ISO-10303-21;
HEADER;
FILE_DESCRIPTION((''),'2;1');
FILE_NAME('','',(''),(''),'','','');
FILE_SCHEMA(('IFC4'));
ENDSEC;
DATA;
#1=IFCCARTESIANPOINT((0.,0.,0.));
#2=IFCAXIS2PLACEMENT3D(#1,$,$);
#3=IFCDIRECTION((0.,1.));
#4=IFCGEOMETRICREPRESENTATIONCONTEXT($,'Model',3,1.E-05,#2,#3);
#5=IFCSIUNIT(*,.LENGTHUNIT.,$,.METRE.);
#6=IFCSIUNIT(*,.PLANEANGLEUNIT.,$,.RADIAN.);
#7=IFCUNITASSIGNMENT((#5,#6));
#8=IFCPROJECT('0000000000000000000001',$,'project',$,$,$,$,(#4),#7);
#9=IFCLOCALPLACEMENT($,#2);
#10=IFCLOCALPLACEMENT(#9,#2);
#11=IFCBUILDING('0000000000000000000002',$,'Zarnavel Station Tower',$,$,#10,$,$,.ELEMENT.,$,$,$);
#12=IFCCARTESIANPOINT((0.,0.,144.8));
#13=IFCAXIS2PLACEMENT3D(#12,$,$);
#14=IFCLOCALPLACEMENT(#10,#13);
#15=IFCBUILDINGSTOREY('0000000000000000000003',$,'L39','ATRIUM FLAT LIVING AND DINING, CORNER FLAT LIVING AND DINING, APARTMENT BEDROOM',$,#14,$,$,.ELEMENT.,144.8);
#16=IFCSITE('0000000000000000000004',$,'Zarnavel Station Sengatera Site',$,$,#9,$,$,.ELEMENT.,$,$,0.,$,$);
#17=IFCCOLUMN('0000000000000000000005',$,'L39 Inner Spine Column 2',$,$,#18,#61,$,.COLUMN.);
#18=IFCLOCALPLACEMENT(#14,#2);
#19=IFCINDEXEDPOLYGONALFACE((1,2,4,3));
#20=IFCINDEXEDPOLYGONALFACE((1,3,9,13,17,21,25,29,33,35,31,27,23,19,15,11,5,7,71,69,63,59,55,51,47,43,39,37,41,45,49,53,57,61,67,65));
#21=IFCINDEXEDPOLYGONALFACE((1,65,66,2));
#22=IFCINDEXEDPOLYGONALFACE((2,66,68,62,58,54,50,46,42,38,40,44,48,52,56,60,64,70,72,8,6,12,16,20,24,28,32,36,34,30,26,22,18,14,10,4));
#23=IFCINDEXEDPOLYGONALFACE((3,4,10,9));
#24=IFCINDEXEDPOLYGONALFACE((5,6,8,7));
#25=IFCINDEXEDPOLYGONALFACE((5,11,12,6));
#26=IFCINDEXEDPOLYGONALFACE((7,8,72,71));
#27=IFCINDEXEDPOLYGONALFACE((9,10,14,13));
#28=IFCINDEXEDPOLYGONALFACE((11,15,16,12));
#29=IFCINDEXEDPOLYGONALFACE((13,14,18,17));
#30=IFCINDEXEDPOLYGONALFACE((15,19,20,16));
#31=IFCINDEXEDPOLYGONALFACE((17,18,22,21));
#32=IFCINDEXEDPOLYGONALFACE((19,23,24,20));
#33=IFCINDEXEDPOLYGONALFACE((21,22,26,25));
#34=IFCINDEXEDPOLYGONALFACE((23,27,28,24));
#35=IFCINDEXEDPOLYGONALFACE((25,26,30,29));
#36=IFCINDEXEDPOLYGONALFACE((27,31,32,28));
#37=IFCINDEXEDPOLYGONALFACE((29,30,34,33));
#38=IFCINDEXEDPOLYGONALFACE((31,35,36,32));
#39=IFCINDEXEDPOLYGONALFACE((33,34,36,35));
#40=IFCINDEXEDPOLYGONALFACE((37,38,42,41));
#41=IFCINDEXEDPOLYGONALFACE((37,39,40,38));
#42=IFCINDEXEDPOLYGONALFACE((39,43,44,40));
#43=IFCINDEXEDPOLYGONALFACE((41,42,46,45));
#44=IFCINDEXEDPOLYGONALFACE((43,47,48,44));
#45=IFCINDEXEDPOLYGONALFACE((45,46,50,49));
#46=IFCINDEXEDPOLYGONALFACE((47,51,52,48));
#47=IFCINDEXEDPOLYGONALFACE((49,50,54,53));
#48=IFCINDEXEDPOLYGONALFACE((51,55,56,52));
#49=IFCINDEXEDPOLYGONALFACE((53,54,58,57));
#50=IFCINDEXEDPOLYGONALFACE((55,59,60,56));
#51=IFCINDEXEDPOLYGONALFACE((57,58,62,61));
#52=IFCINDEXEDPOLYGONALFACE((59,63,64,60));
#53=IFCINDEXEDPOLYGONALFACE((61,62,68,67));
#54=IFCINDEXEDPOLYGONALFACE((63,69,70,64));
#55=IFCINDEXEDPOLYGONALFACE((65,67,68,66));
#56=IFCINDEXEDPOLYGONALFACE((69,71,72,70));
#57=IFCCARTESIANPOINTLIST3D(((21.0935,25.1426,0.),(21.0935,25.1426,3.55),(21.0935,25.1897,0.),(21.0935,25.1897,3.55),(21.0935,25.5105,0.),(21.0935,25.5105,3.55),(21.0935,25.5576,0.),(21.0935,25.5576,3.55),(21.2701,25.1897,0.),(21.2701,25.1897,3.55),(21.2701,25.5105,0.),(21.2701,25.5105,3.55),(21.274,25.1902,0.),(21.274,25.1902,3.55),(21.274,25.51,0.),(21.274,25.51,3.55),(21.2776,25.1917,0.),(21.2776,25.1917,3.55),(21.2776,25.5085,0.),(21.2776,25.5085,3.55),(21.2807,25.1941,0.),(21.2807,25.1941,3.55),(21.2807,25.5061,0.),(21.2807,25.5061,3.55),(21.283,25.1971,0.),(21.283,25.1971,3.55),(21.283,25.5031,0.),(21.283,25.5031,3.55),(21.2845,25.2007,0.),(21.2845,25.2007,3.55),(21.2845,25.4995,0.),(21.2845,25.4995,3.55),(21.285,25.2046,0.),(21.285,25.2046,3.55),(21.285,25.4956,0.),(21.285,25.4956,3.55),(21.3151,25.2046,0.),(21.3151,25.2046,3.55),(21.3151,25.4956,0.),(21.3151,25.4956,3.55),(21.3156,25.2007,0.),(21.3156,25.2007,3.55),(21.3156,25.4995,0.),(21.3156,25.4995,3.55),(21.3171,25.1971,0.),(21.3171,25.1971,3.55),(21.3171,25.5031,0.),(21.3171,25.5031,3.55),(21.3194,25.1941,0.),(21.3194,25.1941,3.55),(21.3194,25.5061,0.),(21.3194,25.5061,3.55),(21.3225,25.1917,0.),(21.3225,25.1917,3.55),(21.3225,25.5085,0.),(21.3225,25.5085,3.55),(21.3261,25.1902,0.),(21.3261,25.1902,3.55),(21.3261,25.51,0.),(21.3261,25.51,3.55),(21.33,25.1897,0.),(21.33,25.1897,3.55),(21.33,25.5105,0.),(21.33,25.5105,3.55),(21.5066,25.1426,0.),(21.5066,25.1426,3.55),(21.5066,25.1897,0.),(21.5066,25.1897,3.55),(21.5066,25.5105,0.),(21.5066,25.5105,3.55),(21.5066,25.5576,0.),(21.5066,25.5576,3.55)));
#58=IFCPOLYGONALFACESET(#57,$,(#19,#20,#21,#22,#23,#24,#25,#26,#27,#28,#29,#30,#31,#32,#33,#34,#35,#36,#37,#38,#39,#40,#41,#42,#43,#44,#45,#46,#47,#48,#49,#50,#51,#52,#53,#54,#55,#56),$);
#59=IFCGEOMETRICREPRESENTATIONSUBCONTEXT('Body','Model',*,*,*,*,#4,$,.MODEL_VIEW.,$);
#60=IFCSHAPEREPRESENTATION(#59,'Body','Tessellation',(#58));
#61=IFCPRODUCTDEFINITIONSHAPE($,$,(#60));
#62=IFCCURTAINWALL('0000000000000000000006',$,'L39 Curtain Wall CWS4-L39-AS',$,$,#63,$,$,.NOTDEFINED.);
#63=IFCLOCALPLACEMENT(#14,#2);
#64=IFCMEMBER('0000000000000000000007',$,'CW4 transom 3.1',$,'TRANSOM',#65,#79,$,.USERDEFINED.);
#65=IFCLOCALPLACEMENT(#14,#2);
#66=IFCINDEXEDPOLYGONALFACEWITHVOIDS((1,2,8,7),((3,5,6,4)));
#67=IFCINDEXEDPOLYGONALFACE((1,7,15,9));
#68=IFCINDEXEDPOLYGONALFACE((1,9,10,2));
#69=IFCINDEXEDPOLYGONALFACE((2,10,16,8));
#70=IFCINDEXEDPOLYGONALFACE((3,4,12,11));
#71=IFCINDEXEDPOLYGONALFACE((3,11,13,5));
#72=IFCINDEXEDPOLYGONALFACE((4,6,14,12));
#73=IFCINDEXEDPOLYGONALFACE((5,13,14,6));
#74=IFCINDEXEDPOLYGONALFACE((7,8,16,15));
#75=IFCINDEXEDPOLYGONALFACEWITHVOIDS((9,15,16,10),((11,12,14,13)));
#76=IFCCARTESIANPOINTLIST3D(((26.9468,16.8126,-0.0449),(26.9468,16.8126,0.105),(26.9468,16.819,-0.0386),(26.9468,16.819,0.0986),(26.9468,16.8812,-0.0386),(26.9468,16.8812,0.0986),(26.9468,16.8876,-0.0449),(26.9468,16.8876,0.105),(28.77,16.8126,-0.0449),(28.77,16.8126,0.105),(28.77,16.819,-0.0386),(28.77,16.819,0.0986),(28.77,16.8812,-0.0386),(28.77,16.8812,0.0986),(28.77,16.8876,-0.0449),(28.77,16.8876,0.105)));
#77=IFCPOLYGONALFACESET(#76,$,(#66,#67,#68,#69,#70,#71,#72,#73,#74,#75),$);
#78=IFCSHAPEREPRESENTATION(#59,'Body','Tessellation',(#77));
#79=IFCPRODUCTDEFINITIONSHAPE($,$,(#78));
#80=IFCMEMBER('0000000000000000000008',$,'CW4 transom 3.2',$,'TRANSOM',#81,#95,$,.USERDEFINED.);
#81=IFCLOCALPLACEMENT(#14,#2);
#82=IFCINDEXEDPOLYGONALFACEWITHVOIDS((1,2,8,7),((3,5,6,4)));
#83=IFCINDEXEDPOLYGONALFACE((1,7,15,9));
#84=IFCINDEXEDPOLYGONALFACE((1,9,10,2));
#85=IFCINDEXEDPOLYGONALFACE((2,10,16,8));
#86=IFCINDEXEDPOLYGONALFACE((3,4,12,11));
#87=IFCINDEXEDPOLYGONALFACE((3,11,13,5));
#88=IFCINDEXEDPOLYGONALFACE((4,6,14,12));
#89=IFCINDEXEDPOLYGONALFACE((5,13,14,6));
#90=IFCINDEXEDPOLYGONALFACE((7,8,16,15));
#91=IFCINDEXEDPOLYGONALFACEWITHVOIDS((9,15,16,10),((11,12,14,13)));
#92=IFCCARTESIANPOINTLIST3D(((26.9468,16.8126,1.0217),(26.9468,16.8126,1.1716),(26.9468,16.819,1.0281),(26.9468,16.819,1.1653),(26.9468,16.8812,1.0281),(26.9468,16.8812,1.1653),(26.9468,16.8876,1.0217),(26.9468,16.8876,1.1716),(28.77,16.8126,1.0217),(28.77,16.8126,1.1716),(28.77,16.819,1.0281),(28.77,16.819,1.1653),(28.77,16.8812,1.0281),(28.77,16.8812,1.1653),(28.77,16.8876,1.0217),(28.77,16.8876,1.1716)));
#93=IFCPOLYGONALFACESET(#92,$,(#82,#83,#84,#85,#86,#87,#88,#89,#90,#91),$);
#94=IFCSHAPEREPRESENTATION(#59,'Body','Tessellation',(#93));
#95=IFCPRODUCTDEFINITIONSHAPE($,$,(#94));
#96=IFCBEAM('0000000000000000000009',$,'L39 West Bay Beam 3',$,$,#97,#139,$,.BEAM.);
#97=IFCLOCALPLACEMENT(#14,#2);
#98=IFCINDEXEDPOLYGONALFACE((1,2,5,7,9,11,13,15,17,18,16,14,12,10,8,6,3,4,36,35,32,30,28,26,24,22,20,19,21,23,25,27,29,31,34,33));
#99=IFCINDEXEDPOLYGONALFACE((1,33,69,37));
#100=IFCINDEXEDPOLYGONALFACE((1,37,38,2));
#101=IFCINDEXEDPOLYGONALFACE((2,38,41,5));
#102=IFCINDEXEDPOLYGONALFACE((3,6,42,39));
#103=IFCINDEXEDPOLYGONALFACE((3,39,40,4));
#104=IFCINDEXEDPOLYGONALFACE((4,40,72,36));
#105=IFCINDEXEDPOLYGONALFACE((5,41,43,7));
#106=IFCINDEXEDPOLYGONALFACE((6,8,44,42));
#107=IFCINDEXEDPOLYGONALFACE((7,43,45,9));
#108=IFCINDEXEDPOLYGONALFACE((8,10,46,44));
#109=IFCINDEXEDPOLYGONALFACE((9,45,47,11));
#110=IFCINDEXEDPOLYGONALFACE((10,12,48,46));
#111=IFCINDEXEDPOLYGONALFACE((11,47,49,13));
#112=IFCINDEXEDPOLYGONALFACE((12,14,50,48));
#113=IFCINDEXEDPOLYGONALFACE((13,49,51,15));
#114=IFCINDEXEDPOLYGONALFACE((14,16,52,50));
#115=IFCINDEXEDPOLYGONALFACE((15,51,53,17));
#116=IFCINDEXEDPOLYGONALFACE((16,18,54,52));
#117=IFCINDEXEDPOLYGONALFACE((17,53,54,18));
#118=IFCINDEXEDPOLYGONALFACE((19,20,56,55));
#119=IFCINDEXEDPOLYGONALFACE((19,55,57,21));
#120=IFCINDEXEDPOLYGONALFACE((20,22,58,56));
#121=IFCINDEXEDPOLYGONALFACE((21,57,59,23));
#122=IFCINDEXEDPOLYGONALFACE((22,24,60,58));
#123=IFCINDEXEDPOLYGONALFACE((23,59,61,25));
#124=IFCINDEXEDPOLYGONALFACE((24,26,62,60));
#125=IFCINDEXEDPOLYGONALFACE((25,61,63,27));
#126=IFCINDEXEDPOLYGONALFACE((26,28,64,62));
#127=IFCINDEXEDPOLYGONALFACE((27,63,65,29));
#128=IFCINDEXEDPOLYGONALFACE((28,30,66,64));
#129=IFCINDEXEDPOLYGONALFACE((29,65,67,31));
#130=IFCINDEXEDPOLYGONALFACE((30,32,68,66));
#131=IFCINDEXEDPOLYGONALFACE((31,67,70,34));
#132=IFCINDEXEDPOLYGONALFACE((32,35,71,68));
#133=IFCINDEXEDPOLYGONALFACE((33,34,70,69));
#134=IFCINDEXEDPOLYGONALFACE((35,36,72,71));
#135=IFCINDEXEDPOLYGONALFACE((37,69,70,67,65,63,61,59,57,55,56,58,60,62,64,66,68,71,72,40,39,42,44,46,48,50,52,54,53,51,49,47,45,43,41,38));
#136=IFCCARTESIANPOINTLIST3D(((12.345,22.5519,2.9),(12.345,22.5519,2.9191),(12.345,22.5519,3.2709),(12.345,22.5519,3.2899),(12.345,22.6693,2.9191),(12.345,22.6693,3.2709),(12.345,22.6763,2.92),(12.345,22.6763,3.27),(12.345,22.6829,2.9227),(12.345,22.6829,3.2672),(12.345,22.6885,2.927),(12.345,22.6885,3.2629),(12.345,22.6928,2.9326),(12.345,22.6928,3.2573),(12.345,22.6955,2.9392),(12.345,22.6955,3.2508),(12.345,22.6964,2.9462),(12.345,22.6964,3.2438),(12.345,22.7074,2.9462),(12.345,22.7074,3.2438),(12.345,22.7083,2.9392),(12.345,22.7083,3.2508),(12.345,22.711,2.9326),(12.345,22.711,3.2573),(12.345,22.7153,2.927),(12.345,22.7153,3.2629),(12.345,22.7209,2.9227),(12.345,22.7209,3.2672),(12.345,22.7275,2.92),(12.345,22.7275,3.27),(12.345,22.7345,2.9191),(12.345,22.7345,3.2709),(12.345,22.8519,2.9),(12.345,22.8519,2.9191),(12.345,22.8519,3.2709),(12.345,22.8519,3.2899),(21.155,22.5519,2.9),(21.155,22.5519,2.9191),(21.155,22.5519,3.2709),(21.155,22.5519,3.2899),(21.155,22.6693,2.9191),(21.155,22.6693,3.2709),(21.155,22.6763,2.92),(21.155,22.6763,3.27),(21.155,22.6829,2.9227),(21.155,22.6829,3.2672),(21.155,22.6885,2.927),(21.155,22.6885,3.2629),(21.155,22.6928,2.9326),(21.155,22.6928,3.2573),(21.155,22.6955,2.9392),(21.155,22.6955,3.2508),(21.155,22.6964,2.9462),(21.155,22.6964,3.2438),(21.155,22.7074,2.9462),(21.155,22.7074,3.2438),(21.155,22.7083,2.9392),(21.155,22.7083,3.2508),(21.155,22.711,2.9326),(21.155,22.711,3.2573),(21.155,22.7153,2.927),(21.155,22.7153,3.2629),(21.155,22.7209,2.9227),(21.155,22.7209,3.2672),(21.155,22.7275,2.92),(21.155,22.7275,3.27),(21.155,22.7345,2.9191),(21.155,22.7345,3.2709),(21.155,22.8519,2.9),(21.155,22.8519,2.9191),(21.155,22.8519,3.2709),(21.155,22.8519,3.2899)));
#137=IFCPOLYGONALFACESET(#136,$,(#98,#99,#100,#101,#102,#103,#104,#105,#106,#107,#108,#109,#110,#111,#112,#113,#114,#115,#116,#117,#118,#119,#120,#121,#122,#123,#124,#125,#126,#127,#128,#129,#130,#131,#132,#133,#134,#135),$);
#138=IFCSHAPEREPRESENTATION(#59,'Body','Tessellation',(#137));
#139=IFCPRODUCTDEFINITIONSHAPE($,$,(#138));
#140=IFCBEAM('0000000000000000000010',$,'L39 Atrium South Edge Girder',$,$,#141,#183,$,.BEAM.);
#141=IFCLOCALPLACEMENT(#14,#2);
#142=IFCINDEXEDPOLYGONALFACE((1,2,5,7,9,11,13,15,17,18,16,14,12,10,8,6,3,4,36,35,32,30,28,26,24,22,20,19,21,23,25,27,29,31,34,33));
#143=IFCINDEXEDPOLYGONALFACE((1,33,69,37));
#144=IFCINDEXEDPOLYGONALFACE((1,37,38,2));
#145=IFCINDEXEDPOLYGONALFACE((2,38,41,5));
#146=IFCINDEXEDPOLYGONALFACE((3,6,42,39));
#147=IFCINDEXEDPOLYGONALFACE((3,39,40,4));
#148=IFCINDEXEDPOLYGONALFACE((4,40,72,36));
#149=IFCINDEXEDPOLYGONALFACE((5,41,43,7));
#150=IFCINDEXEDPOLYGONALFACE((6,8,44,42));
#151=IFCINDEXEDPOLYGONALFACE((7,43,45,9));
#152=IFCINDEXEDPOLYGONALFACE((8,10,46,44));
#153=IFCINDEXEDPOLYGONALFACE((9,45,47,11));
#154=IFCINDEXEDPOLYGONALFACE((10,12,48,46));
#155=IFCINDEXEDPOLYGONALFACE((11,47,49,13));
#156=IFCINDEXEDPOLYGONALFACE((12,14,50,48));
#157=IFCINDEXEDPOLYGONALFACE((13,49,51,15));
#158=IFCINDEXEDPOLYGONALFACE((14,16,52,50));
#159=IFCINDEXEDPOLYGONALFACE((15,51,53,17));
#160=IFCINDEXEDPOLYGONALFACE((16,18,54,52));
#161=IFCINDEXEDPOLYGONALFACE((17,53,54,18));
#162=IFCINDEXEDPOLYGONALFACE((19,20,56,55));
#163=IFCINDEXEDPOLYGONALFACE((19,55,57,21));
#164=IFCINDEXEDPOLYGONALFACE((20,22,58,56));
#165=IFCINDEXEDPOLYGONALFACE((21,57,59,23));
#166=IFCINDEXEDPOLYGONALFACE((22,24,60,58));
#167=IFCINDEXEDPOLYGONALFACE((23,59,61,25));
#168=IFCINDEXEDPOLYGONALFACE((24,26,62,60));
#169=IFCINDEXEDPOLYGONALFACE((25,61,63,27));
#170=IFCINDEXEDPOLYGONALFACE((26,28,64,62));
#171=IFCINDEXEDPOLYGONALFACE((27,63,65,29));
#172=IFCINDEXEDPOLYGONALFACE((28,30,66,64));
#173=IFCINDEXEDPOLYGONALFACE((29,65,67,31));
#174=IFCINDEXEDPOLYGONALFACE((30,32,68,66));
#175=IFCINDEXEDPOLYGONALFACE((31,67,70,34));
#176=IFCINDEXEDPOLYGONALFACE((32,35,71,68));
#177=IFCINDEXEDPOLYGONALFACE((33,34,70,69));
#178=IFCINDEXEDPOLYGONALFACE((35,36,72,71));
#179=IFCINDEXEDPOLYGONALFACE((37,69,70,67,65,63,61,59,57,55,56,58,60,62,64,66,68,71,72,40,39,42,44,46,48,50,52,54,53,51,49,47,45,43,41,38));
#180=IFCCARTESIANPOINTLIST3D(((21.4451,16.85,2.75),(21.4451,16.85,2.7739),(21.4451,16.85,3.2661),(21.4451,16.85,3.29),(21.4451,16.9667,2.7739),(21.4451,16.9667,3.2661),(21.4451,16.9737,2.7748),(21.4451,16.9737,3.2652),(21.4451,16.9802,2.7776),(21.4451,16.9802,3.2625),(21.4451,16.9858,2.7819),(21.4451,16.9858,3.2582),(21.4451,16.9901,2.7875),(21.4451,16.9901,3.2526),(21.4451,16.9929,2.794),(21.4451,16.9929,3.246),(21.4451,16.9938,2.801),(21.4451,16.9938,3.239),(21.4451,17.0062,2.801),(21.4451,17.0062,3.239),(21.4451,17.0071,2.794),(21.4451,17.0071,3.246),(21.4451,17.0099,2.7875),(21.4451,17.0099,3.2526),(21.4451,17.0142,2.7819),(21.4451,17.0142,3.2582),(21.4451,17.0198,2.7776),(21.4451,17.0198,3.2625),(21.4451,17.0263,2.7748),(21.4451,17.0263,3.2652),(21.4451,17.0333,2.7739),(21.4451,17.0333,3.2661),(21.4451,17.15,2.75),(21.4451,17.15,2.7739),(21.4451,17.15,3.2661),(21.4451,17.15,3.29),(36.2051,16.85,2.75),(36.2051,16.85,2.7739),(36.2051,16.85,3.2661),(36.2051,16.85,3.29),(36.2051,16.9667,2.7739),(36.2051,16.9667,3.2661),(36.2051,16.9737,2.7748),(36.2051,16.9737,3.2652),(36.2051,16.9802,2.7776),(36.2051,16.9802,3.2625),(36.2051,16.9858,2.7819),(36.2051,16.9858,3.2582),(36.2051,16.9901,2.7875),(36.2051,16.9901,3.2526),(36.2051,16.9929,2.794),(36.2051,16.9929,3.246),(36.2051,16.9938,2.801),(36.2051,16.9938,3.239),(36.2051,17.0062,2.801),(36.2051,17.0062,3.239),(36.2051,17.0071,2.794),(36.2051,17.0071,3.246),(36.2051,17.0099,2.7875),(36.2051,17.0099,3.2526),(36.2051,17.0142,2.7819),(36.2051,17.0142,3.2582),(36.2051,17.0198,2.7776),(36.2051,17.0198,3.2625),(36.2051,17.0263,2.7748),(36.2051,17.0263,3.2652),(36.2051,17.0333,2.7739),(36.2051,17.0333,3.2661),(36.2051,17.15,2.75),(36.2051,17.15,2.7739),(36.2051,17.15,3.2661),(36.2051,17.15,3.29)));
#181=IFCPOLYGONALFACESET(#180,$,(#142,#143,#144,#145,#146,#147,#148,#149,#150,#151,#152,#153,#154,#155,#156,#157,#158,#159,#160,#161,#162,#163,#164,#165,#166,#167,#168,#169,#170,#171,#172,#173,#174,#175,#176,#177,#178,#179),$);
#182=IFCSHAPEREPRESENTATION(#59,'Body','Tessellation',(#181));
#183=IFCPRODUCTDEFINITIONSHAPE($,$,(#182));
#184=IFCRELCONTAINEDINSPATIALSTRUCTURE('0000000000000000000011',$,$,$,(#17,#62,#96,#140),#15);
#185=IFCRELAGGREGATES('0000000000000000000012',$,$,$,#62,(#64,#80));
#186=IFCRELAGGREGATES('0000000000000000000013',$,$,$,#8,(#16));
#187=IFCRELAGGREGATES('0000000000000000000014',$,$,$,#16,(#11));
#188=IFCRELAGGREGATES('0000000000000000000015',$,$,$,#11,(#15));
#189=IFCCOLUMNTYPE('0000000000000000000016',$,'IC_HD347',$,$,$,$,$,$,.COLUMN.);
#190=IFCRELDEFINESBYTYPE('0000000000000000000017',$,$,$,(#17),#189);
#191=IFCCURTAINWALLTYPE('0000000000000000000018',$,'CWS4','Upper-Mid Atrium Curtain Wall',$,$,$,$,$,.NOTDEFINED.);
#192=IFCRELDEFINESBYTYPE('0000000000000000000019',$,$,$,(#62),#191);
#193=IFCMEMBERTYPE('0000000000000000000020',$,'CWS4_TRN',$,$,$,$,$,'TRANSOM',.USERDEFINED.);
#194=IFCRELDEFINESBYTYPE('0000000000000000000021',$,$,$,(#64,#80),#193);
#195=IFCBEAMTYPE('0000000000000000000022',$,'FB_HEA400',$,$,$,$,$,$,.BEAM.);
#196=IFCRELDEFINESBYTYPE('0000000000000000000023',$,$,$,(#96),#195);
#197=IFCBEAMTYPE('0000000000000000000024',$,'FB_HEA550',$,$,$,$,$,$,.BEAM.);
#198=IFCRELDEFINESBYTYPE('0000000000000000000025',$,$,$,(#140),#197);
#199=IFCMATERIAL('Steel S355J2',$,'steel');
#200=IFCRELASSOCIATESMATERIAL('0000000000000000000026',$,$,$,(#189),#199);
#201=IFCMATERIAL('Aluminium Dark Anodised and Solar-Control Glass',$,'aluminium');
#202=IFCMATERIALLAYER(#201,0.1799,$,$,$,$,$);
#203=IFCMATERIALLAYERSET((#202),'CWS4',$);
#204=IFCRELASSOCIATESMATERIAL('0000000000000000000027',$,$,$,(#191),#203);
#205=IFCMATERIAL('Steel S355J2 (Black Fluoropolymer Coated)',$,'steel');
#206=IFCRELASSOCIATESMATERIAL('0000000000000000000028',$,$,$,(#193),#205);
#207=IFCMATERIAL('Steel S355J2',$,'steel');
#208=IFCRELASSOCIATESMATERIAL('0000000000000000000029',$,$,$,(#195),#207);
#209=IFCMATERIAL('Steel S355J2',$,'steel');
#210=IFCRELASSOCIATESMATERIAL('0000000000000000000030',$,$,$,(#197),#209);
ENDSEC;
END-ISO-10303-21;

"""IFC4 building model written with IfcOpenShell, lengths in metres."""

from ifc_helpers import new_model, si_unit, direction, frame, origin, origin_2d, place, context, subcontext, project, spatial, hollow_rectangle, i_section, extrude, material, layer, layer_set, material_profile, profile_set, type_object, element, aggregate, save


model = new_model("IFC4")

# Units and contexts
model_context = context("Model", 3, precision=1e-05, world=origin(), true_north=direction((0.0, 1.0)))
body_context = subcontext(model_context, "Body", "Model", "MODEL_VIEW")
ifc_project = project(units=[si_unit("LENGTHUNIT", "METRE"), si_unit("PLANEANGLEUNIT", "RADIAN")], contexts=[model_context])

# Site, building, storey
site_placement = place(None, origin())
site = spatial("IfcSite", under=ifc_project, at=site_placement, Name="Zarnavel Station Sengatera Site", CompositionType="ELEMENT", RefElevation=0.0)
building_placement = place(site_placement, origin())
building = spatial("IfcBuilding", under=site, at=building_placement, Name="Zarnavel Station Tower", CompositionType="ELEMENT")
storey_placement = place(building_placement, frame((0.0, 0.0, 144.8)))
storey = spatial("IfcBuildingStorey", under=building, at=storey_placement, Name="L39", Description="ATRIUM FLAT LIVING AND DINING, CORNER FLAT LIVING AND DINING, APARTMENT BEDROOM", CompositionType="ELEMENT", Elevation=144.8)

# Column
ifc_material_1 = material(Name="Steel S355J2", Category="steel")
ifc_material_profile_1 = material_profile(ifc_material_1, i_section(OverallWidth=0.4131, OverallDepth=0.415, WebThickness=0.03, FlangeThickness=0.0471, FilletRadius=0.0149, at=origin_2d()), Name="HD400x347")
ifc_profile_set_1 = profile_set([ifc_material_profile_1], Name="Steel S355J2")
column_type = type_object("IfcColumnType", Name="IC_HD347", PredefinedType="COLUMN", material=ifc_profile_set_1)
column_placement = place(storey_placement, frame((21.3, 25.3501, 0.0), z_axis=(0.0, 0.0, 1.0), x_axis=(1.0, 0.0, 0.0)))
element("IfcColumn", 1, at=column_placement, inside=storey, type_object=column_type, Name="L39 Inner Spine Column 2", PredefinedType="COLUMN", context=body_context, shape_type="SweptSolid", body=[
    extrude(i_section(OverallWidth=0.4131, OverallDepth=0.415, WebThickness=0.03, FlangeThickness=0.0471, FilletRadius=0.0149, at=origin_2d()), origin(), (0.0, 0.0, 1.0), 3.55),
])

# Curtain wall, members
ifc_material_2 = material(Name="Aluminium Dark Anodised and Solar-Control Glass", Category="aluminium")
ifc_layer_1 = layer(ifc_material_2, 0.1799)
ifc_layer_set_1 = layer_set([ifc_layer_1], Name="CWS4")
curtain_wall_type = type_object("IfcCurtainWallType", Name="CWS4", Description="Upper-Mid Atrium Curtain Wall", PredefinedType="NOTDEFINED", material=ifc_layer_set_1)
curtain_wall_placement = place(storey_placement, origin())
curtain_wall = element("IfcCurtainWall", 2, at=curtain_wall_placement, inside=storey, type_object=curtain_wall_type, Name="L39 Curtain Wall CWS4-L39-AS", PredefinedType="NOTDEFINED")
ifc_material_3 = material(Name="Steel S355J2 (Black Fluoropolymer Coated)", Category="steel")
ifc_material_profile_2 = material_profile(ifc_material_3, hollow_rectangle(XDim=0.075, YDim=0.1499, WallThickness=0.0063, at=origin_2d()), Name="RHS150x75x6.3")
ifc_profile_set_2 = profile_set([ifc_material_profile_2], Name="Steel S355J2 (Black Fluoropolymer Coated)")
member_type = type_object("IfcMemberType", Name="CWS4_TRN", ElementType="TRANSOM", PredefinedType="USERDEFINED", material=ifc_profile_set_2)
member_1_placement = place(storey_placement, frame((26.9468, 16.8501, 0.03), z_axis=(1.0, 0.0, 0.0), x_axis=(0.0, 1.0, 0.0)))
member_1 = element("IfcMember", 3, at=member_1_placement, type_object=member_type, Name="CW4 transom 3.1", ObjectType="TRANSOM", PredefinedType="USERDEFINED", context=body_context, shape_type="SweptSolid", body=[
    extrude(hollow_rectangle(XDim=0.075, YDim=0.1499, WallThickness=0.0063, at=origin_2d()), origin(), (0.0, 0.0, 1.0), 1.8232),
])
member_2_placement = place(storey_placement, frame((26.9468, 16.8501, 1.0967), z_axis=(1.0, 0.0, 0.0), x_axis=(0.0, 1.0, 0.0)))
member_2 = element("IfcMember", 4, at=member_2_placement, type_object=member_type, Name="CW4 transom 3.2", ObjectType="TRANSOM", PredefinedType="USERDEFINED", context=body_context, shape_type="SweptSolid", body=[
    extrude(hollow_rectangle(XDim=0.075, YDim=0.1499, WallThickness=0.0063, at=origin_2d()), origin(), (0.0, 0.0, 1.0), 1.8232),
])
aggregate(curtain_wall, [member_1, member_2])

# Beams
ifc_material_4 = material(Name="Steel S355J2", Category="steel")
ifc_material_profile_3 = material_profile(ifc_material_4, i_section(OverallWidth=0.3, OverallDepth=0.3899, WebThickness=0.011, FlangeThickness=0.019, FilletRadius=0.0271, at=origin_2d()), Name="HEA400")
ifc_profile_set_3 = profile_set([ifc_material_profile_3], Name="Steel S355J2")
beam_type_1 = type_object("IfcBeamType", Name="FB_HEA400", PredefinedType="BEAM", material=ifc_profile_set_3)
beam_1_placement = place(storey_placement, frame((12.345, 22.7019, 3.095), z_axis=(1.0, 0.0, 0.0), x_axis=(0.0, 1.0, 0.0)))
element("IfcBeam", 5, at=beam_1_placement, inside=storey, type_object=beam_type_1, Name="L39 West Bay Beam 3", PredefinedType="BEAM", context=body_context, shape_type="SweptSolid", body=[
    extrude(i_section(OverallWidth=0.3, OverallDepth=0.3899, WebThickness=0.011, FlangeThickness=0.019, FilletRadius=0.0271, at=origin_2d()), origin(), (0.0, 0.0, 1.0), 8.8101),
])
ifc_material_5 = material(Name="Steel S355J2", Category="steel")
ifc_material_profile_4 = material_profile(ifc_material_5, i_section(OverallWidth=0.3, OverallDepth=0.54, WebThickness=0.0125, FlangeThickness=0.0239, FilletRadius=0.0271, at=origin_2d()), Name="HEA550")
ifc_profile_set_4 = profile_set([ifc_material_profile_4], Name="Steel S355J2")
beam_type_2 = type_object("IfcBeamType", Name="FB_HEA550", PredefinedType="BEAM", material=ifc_profile_set_4)
beam_2_placement = place(storey_placement, frame((21.4451, 17.0, 3.02), z_axis=(1.0, 0.0, 0.0), x_axis=(0.0, 1.0, 0.0)))
element("IfcBeam", 6, at=beam_2_placement, inside=storey, type_object=beam_type_2, Name="L39 Atrium South Edge Girder", PredefinedType="BEAM", context=body_context, shape_type="SweptSolid", body=[
    extrude(i_section(OverallWidth=0.3, OverallDepth=0.54, WebThickness=0.0125, FlangeThickness=0.0239, FilletRadius=0.0271, at=origin_2d()), origin(), (0.0, 0.0, 1.0), 14.76),
])

save(model, "model.ifc")
